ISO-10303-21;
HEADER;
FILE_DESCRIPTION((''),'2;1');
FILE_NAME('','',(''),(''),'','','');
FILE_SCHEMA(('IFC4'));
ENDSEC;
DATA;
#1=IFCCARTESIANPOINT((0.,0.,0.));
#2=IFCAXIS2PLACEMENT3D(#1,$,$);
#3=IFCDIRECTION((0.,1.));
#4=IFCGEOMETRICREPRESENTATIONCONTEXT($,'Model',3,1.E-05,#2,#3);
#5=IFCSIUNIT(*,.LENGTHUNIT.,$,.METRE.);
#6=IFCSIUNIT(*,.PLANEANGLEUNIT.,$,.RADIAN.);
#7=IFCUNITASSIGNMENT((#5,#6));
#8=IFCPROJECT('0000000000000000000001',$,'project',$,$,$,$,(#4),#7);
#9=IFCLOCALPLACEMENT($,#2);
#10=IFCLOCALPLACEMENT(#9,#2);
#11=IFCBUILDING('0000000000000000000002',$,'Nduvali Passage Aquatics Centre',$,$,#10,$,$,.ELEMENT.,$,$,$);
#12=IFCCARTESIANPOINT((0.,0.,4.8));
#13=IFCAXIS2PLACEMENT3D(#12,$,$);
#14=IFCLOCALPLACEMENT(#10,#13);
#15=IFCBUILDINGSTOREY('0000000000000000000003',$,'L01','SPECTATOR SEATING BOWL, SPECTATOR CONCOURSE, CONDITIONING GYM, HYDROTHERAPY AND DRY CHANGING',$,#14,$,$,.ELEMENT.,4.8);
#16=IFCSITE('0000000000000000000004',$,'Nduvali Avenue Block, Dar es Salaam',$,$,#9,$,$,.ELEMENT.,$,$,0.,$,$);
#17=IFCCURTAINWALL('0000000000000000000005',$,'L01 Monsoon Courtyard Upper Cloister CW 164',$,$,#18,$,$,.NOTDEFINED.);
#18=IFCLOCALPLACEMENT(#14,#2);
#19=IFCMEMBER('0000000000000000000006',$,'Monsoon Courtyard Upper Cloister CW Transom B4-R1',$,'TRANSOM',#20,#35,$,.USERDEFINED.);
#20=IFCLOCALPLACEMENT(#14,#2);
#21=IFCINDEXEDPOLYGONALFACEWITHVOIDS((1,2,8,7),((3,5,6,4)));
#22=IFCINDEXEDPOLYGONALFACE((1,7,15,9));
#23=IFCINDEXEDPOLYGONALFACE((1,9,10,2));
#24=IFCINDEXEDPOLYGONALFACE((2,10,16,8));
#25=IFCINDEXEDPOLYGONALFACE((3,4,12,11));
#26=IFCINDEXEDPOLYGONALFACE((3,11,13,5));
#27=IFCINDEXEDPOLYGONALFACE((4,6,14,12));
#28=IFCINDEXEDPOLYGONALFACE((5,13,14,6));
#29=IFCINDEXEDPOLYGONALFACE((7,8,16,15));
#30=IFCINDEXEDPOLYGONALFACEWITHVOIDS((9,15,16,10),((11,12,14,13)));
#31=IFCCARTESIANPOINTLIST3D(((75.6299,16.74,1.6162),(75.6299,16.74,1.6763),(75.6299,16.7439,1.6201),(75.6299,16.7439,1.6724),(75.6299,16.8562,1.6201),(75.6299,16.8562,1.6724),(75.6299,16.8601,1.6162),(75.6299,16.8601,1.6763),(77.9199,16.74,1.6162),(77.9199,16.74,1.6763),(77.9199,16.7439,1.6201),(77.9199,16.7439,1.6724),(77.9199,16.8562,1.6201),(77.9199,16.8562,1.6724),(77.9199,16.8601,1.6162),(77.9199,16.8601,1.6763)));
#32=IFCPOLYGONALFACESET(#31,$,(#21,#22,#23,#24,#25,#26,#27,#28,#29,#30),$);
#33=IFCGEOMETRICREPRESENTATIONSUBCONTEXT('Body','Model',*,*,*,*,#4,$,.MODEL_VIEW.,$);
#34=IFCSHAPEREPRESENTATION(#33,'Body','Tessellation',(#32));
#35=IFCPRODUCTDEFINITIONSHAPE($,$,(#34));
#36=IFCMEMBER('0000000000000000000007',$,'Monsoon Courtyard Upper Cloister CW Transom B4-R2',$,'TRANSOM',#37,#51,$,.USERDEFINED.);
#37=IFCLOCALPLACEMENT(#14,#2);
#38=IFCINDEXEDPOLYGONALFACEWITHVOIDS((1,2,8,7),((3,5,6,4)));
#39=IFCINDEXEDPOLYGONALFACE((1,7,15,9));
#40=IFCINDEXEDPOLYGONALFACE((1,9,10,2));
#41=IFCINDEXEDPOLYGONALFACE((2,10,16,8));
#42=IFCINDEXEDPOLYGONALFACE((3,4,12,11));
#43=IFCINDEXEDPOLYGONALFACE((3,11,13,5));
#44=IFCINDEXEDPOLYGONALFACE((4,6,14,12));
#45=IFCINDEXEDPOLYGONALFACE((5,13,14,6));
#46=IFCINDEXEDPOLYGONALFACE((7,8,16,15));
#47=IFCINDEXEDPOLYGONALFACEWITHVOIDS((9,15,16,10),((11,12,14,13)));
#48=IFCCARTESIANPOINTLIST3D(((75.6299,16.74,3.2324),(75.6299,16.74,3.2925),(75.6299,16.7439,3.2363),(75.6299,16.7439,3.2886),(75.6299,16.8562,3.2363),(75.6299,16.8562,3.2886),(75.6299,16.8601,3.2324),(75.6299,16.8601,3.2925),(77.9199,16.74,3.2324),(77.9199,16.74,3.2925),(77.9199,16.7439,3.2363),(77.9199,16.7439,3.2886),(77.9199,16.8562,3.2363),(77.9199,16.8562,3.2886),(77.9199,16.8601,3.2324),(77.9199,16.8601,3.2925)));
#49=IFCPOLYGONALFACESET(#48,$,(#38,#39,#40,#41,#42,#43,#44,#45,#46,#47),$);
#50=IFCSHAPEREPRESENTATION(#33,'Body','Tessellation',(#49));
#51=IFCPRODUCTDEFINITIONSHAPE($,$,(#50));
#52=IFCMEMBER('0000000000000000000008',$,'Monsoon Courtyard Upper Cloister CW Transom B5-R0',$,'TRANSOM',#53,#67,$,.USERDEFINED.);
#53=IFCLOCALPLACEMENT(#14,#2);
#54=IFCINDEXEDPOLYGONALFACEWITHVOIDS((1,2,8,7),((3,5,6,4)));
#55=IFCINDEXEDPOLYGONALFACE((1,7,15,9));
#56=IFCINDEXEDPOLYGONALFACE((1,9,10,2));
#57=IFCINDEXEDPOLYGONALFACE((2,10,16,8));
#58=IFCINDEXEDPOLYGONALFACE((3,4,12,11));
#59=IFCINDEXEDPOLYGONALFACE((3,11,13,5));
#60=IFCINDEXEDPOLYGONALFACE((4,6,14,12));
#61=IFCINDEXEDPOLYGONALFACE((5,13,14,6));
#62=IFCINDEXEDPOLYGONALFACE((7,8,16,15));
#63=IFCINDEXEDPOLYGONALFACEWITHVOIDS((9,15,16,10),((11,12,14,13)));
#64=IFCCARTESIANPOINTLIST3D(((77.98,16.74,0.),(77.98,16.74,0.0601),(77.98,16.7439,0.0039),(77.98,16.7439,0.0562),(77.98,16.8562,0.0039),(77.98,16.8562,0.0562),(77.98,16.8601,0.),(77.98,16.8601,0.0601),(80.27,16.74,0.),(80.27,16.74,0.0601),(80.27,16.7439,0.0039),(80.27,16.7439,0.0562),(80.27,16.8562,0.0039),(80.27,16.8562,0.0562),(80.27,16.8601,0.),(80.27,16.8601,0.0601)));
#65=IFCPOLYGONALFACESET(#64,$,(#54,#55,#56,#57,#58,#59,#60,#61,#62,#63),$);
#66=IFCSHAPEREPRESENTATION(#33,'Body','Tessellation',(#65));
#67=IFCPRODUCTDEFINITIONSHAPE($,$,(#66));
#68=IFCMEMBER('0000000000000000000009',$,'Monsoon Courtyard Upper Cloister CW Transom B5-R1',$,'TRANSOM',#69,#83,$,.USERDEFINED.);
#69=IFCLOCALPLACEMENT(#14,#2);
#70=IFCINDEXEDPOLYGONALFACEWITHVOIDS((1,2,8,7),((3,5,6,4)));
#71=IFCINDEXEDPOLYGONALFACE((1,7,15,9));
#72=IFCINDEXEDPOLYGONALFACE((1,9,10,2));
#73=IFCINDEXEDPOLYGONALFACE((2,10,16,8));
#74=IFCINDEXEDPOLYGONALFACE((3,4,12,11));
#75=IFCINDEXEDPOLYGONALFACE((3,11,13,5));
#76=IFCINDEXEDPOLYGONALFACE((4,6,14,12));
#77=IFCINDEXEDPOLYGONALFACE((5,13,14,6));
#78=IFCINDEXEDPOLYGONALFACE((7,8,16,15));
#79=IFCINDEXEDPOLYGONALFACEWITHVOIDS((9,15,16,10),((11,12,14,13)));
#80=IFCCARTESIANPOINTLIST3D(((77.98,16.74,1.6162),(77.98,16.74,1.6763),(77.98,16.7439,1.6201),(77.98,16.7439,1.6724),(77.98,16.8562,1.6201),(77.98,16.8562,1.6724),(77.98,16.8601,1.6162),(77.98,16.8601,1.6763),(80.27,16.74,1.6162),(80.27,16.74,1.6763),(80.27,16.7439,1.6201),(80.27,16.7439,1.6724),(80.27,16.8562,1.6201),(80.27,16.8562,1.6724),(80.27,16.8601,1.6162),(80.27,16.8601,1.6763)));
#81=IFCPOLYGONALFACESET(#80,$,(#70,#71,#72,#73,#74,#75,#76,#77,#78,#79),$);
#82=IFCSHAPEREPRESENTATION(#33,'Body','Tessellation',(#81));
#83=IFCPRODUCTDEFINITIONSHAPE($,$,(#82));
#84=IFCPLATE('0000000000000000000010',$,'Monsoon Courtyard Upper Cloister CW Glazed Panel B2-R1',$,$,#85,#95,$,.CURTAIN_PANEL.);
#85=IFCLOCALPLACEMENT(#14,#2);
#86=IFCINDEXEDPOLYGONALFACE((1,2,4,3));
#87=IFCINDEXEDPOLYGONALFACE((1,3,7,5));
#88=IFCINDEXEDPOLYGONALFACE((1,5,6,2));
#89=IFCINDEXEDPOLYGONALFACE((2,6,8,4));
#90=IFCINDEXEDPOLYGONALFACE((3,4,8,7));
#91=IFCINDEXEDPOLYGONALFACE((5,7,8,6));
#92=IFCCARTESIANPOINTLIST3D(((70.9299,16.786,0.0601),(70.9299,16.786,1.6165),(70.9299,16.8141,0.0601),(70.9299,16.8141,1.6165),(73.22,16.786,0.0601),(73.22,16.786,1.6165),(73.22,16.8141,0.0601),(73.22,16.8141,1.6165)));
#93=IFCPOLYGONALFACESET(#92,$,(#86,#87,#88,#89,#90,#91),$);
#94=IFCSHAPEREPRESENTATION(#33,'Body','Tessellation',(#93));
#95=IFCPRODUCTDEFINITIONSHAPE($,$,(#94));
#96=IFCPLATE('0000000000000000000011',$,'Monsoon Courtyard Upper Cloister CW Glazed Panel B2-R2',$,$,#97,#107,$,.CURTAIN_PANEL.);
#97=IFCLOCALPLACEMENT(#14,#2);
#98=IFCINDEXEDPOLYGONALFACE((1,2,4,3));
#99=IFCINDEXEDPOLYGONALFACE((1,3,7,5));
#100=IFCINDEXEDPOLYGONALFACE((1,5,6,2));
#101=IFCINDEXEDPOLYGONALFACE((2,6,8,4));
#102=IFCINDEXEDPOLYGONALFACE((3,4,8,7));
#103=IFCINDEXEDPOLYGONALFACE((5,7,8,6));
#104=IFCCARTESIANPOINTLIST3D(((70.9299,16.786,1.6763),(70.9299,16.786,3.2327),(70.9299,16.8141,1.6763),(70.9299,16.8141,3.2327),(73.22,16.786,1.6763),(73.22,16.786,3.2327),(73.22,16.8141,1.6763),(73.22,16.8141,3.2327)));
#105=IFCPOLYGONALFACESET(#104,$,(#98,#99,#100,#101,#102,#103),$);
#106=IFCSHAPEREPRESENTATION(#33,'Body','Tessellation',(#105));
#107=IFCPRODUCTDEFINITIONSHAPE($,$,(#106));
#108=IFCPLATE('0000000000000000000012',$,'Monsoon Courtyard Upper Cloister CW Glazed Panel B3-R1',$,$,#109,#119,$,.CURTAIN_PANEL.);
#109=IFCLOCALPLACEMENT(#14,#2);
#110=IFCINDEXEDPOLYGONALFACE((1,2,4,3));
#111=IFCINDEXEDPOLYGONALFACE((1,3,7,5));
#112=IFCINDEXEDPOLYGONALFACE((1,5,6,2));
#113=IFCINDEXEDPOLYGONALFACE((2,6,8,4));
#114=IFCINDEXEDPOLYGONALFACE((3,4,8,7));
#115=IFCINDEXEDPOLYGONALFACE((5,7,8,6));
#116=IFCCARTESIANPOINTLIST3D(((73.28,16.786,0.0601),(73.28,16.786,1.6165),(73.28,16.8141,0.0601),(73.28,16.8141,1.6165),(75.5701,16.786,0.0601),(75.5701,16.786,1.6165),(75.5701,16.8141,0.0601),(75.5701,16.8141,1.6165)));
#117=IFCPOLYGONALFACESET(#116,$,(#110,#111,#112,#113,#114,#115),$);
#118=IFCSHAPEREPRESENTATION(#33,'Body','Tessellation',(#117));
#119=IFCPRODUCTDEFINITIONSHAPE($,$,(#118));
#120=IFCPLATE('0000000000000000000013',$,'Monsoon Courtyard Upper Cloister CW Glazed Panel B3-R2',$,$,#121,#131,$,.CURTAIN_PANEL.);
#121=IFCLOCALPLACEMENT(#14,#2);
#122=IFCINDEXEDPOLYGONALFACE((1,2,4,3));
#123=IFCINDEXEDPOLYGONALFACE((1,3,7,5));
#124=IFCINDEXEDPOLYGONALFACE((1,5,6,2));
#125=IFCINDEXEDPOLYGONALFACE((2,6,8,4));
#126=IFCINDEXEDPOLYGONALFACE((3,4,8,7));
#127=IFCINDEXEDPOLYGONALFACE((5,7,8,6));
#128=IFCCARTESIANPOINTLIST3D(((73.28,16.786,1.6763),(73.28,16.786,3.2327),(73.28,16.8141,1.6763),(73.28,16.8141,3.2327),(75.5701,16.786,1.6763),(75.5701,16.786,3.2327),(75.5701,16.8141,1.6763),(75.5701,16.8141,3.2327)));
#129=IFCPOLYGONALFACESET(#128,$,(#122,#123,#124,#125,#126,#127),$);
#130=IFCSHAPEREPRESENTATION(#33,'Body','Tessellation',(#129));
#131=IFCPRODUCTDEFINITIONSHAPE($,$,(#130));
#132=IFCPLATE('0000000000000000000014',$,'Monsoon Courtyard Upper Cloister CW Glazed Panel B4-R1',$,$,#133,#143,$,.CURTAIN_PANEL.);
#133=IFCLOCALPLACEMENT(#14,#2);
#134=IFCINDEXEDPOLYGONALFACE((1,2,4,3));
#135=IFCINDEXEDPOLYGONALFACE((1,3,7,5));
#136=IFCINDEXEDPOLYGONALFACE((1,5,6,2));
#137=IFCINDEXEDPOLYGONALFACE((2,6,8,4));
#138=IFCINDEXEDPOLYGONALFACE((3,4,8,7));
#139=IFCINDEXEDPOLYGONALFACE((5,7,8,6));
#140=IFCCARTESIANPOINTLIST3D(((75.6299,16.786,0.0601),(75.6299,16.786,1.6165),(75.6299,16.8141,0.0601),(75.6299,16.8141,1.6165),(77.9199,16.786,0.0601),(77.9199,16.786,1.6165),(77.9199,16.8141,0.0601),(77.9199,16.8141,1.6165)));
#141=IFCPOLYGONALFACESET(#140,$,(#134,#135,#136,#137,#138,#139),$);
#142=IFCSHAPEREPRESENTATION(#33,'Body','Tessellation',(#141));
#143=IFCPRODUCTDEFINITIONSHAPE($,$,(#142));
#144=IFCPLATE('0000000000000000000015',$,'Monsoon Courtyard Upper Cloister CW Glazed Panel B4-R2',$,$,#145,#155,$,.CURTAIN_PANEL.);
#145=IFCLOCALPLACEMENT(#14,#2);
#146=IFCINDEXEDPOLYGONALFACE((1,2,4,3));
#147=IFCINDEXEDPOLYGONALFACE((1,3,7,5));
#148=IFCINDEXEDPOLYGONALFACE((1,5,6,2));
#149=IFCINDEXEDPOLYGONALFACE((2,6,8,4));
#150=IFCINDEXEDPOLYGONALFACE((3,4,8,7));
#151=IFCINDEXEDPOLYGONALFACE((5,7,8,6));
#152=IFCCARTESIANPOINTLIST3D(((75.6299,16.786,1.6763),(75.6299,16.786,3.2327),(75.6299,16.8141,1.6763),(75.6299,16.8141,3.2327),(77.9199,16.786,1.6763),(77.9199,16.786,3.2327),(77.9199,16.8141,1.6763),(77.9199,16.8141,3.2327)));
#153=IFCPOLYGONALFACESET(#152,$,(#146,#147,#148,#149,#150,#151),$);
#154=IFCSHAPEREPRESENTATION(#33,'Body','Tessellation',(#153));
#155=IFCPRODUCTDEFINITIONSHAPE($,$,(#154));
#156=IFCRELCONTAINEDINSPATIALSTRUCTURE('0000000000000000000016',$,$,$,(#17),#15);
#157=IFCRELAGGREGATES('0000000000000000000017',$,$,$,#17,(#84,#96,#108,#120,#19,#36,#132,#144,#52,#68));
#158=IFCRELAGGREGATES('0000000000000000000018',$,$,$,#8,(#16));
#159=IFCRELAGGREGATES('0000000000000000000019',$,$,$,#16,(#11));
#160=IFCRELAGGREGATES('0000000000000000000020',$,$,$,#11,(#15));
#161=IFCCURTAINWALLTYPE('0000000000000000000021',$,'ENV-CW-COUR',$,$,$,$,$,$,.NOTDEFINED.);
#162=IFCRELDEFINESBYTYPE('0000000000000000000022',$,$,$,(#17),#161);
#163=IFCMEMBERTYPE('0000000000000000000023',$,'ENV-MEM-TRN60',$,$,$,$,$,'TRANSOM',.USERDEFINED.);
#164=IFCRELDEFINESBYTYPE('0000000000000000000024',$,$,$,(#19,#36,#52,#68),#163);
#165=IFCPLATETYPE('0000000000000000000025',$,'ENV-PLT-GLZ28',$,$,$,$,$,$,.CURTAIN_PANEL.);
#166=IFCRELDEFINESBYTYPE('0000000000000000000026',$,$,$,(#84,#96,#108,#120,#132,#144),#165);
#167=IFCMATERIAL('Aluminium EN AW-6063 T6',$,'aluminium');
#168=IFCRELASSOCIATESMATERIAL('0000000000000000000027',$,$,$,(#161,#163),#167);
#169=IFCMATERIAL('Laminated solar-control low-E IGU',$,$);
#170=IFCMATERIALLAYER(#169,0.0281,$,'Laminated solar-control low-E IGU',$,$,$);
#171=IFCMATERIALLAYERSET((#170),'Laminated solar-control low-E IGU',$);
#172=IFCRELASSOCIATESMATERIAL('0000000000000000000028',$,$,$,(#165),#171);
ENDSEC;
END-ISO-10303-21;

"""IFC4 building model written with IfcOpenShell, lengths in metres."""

from ifc_helpers import new_model, si_unit, direction, frame, origin, origin_2d, place, context, subcontext, project, spatial, rectangle, hollow_rectangle, extrude, material, layer, layer_set, material_profile, profile_set, type_object, element, aggregate, save


model = new_model("IFC4")

# Units and contexts
model_context = context("Model", 3, precision=1e-05, world=origin(), true_north=direction((0.0, 1.0)))
body_context = subcontext(model_context, "Body", "Model", "MODEL_VIEW")
ifc_project = project(units=[si_unit("LENGTHUNIT", "METRE"), si_unit("PLANEANGLEUNIT", "RADIAN")], contexts=[model_context])

# Site, building, storey
site_placement = place(None, origin())
site = spatial("IfcSite", under=ifc_project, at=site_placement, Name="Nduvali Avenue Block, Dar es Salaam", CompositionType="ELEMENT", RefElevation=0.0)
building_placement = place(site_placement, origin())
building = spatial("IfcBuilding", under=site, at=building_placement, Name="Nduvali Passage Aquatics Centre", CompositionType="ELEMENT")
storey_placement = place(building_placement, frame((0.0, 0.0, 4.8)))
storey = spatial("IfcBuildingStorey", under=building, at=storey_placement, Name="L01", Description="SPECTATOR SEATING BOWL, SPECTATOR CONCOURSE, CONDITIONING GYM, HYDROTHERAPY AND DRY CHANGING", CompositionType="ELEMENT", Elevation=4.8)

# Curtain wall, members, plates
ifc_material_1 = material(Name="Aluminium EN AW-6063 T6", Category="aluminium")
curtain_wall_type = type_object("IfcCurtainWallType", Name="ENV-CW-COUR", PredefinedType="NOTDEFINED", material=ifc_material_1)
curtain_wall_placement = place(storey_placement, origin())
curtain_wall = element("IfcCurtainWall", 1, at=curtain_wall_placement, inside=storey, type_object=curtain_wall_type, Name="L01 Monsoon Courtyard Upper Cloister CW 164", PredefinedType="NOTDEFINED")
ifc_material_profile_1 = material_profile(ifc_material_1, hollow_rectangle(XDim=0.1201, YDim=0.0601, WallThickness=0.0039, at=origin_2d()), Name="ALU TRANSOM 120x60x4")
ifc_profile_set_1 = profile_set([ifc_material_profile_1], Name="Aluminium EN AW-6063 T6")
member_type_1 = type_object("IfcMemberType", Name="ENV-MEM-TRN60", ElementType="TRANSOM", PredefinedType="USERDEFINED", material=ifc_profile_set_1)
member_1_placement = place(storey_placement, frame((75.6299, 16.8, 1.6462), z_axis=(1.0, 0.0, 0.0), x_axis=(0.0, 1.0, 0.0)))
member_1 = element("IfcMember", 2, at=member_1_placement, type_object=member_type_1, Name="Monsoon Courtyard Upper Cloister CW Transom B4-R1", ObjectType="TRANSOM", PredefinedType="USERDEFINED", context=body_context, shape_type="SweptSolid", body=[
    extrude(hollow_rectangle(XDim=0.1201, YDim=0.0601, WallThickness=0.0039, at=origin_2d()), origin(), (0.0, 0.0, 1.0), 2.29),
])
member_2_placement = place(storey_placement, frame((75.6299, 16.8, 3.2625), z_axis=(1.0, 0.0, 0.0), x_axis=(0.0, 1.0, 0.0)))
member_2 = element("IfcMember", 3, at=member_2_placement, type_object=member_type_1, Name="Monsoon Courtyard Upper Cloister CW Transom B4-R2", ObjectType="TRANSOM", PredefinedType="USERDEFINED", context=body_context, shape_type="SweptSolid", body=[
    extrude(hollow_rectangle(XDim=0.1201, YDim=0.0601, WallThickness=0.0039, at=origin_2d()), origin(), (0.0, 0.0, 1.0), 2.29),
])
member_3_placement = place(storey_placement, frame((77.98, 16.8, 0.03), z_axis=(1.0, 0.0, 0.0), x_axis=(0.0, 1.0, 0.0)))
member_3 = element("IfcMember", 4, at=member_3_placement, type_object=member_type_1, Name="Monsoon Courtyard Upper Cloister CW Transom B5-R0", ObjectType="TRANSOM", PredefinedType="USERDEFINED", context=body_context, shape_type="SweptSolid", body=[
    extrude(hollow_rectangle(XDim=0.1201, YDim=0.0601, WallThickness=0.0039, at=origin_2d()), origin(), (0.0, 0.0, 1.0), 2.29),
])
member_4_placement = place(storey_placement, frame((77.98, 16.8, 1.6462), z_axis=(1.0, 0.0, 0.0), x_axis=(0.0, 1.0, 0.0)))
member_4 = element("IfcMember", 5, at=member_4_placement, type_object=member_type_1, Name="Monsoon Courtyard Upper Cloister CW Transom B5-R1", ObjectType="TRANSOM", PredefinedType="USERDEFINED", context=body_context, shape_type="SweptSolid", body=[
    extrude(hollow_rectangle(XDim=0.1201, YDim=0.0601, WallThickness=0.0039, at=origin_2d()), origin(), (0.0, 0.0, 1.0), 2.29),
])
ifc_material_2 = material(Name="Laminated solar-control low-E IGU")
ifc_layer = layer(ifc_material_2, 0.0281, Name="Laminated solar-control low-E IGU")
ifc_layer_set = layer_set([ifc_layer], Name="Laminated solar-control low-E IGU")
plate_type = type_object("IfcPlateType", Name="ENV-PLT-GLZ28", PredefinedType="CURTAIN_PANEL", material=ifc_layer_set)
plate_1_placement = place(storey_placement, frame((72.075, 16.8, 0.0601), z_axis=(0.0, 0.0, 1.0), x_axis=(1.0, 0.0, 0.0)))
plate_1 = element("IfcPlate", 6, at=plate_1_placement, type_object=plate_type, Name="Monsoon Courtyard Upper Cloister CW Glazed Panel B2-R1", PredefinedType="CURTAIN_PANEL", context=body_context, shape_type="SweptSolid", body=[
    extrude(rectangle(XDim=2.29, YDim=0.0281, at=origin_2d()), origin(), (0.0, 0.0, 1.0), 1.5564),
])
plate_2_placement = place(storey_placement, frame((72.075, 16.8, 1.6763), z_axis=(0.0, 0.0, 1.0), x_axis=(1.0, 0.0, 0.0)))
plate_2 = element("IfcPlate", 7, at=plate_2_placement, type_object=plate_type, Name="Monsoon Courtyard Upper Cloister CW Glazed Panel B2-R2", PredefinedType="CURTAIN_PANEL", context=body_context, shape_type="SweptSolid", body=[
    extrude(rectangle(XDim=2.29, YDim=0.0281, at=origin_2d()), origin(), (0.0, 0.0, 1.0), 1.5564),
])
plate_3_placement = place(storey_placement, frame((74.425, 16.8, 0.0601), z_axis=(0.0, 0.0, 1.0), x_axis=(1.0, 0.0, 0.0)))
plate_3 = element("IfcPlate", 8, at=plate_3_placement, type_object=plate_type, Name="Monsoon Courtyard Upper Cloister CW Glazed Panel B3-R1", PredefinedType="CURTAIN_PANEL", context=body_context, shape_type="SweptSolid", body=[
    extrude(rectangle(XDim=2.29, YDim=0.0281, at=origin_2d()), origin(), (0.0, 0.0, 1.0), 1.5564),
])
plate_4_placement = place(storey_placement, frame((74.425, 16.8, 1.6763), z_axis=(0.0, 0.0, 1.0), x_axis=(1.0, 0.0, 0.0)))
plate_4 = element("IfcPlate", 9, at=plate_4_placement, type_object=plate_type, Name="Monsoon Courtyard Upper Cloister CW Glazed Panel B3-R2", PredefinedType="CURTAIN_PANEL", context=body_context, shape_type="SweptSolid", body=[
    extrude(rectangle(XDim=2.29, YDim=0.0281, at=origin_2d()), origin(), (0.0, 0.0, 1.0), 1.5564),
])
plate_5_placement = place(storey_placement, frame((76.7749, 16.8, 0.0601), z_axis=(0.0, 0.0, 1.0), x_axis=(1.0, 0.0, 0.0)))
plate_5 = element("IfcPlate", 10, at=plate_5_placement, type_object=plate_type, Name="Monsoon Courtyard Upper Cloister CW Glazed Panel B4-R1", PredefinedType="CURTAIN_PANEL", context=body_context, shape_type="SweptSolid", body=[
    extrude(rectangle(XDim=2.29, YDim=0.0281, at=origin_2d()), origin(), (0.0, 0.0, 1.0), 1.5564),
])
plate_6_placement = place(storey_placement, frame((76.7749, 16.8, 1.6763), z_axis=(0.0, 0.0, 1.0), x_axis=(1.0, 0.0, 0.0)))
plate_6 = element("IfcPlate", 11, at=plate_6_placement, type_object=plate_type, Name="Monsoon Courtyard Upper Cloister CW Glazed Panel B4-R2", PredefinedType="CURTAIN_PANEL", context=body_context, shape_type="SweptSolid", body=[
    extrude(rectangle(XDim=2.29, YDim=0.0281, at=origin_2d()), origin(), (0.0, 0.0, 1.0), 1.5564),
])
aggregate(curtain_wall, [plate_1, plate_2, plate_3, plate_4, member_1, member_2, plate_5, plate_6, member_3, member_4])

save(model, "model.ifc")
